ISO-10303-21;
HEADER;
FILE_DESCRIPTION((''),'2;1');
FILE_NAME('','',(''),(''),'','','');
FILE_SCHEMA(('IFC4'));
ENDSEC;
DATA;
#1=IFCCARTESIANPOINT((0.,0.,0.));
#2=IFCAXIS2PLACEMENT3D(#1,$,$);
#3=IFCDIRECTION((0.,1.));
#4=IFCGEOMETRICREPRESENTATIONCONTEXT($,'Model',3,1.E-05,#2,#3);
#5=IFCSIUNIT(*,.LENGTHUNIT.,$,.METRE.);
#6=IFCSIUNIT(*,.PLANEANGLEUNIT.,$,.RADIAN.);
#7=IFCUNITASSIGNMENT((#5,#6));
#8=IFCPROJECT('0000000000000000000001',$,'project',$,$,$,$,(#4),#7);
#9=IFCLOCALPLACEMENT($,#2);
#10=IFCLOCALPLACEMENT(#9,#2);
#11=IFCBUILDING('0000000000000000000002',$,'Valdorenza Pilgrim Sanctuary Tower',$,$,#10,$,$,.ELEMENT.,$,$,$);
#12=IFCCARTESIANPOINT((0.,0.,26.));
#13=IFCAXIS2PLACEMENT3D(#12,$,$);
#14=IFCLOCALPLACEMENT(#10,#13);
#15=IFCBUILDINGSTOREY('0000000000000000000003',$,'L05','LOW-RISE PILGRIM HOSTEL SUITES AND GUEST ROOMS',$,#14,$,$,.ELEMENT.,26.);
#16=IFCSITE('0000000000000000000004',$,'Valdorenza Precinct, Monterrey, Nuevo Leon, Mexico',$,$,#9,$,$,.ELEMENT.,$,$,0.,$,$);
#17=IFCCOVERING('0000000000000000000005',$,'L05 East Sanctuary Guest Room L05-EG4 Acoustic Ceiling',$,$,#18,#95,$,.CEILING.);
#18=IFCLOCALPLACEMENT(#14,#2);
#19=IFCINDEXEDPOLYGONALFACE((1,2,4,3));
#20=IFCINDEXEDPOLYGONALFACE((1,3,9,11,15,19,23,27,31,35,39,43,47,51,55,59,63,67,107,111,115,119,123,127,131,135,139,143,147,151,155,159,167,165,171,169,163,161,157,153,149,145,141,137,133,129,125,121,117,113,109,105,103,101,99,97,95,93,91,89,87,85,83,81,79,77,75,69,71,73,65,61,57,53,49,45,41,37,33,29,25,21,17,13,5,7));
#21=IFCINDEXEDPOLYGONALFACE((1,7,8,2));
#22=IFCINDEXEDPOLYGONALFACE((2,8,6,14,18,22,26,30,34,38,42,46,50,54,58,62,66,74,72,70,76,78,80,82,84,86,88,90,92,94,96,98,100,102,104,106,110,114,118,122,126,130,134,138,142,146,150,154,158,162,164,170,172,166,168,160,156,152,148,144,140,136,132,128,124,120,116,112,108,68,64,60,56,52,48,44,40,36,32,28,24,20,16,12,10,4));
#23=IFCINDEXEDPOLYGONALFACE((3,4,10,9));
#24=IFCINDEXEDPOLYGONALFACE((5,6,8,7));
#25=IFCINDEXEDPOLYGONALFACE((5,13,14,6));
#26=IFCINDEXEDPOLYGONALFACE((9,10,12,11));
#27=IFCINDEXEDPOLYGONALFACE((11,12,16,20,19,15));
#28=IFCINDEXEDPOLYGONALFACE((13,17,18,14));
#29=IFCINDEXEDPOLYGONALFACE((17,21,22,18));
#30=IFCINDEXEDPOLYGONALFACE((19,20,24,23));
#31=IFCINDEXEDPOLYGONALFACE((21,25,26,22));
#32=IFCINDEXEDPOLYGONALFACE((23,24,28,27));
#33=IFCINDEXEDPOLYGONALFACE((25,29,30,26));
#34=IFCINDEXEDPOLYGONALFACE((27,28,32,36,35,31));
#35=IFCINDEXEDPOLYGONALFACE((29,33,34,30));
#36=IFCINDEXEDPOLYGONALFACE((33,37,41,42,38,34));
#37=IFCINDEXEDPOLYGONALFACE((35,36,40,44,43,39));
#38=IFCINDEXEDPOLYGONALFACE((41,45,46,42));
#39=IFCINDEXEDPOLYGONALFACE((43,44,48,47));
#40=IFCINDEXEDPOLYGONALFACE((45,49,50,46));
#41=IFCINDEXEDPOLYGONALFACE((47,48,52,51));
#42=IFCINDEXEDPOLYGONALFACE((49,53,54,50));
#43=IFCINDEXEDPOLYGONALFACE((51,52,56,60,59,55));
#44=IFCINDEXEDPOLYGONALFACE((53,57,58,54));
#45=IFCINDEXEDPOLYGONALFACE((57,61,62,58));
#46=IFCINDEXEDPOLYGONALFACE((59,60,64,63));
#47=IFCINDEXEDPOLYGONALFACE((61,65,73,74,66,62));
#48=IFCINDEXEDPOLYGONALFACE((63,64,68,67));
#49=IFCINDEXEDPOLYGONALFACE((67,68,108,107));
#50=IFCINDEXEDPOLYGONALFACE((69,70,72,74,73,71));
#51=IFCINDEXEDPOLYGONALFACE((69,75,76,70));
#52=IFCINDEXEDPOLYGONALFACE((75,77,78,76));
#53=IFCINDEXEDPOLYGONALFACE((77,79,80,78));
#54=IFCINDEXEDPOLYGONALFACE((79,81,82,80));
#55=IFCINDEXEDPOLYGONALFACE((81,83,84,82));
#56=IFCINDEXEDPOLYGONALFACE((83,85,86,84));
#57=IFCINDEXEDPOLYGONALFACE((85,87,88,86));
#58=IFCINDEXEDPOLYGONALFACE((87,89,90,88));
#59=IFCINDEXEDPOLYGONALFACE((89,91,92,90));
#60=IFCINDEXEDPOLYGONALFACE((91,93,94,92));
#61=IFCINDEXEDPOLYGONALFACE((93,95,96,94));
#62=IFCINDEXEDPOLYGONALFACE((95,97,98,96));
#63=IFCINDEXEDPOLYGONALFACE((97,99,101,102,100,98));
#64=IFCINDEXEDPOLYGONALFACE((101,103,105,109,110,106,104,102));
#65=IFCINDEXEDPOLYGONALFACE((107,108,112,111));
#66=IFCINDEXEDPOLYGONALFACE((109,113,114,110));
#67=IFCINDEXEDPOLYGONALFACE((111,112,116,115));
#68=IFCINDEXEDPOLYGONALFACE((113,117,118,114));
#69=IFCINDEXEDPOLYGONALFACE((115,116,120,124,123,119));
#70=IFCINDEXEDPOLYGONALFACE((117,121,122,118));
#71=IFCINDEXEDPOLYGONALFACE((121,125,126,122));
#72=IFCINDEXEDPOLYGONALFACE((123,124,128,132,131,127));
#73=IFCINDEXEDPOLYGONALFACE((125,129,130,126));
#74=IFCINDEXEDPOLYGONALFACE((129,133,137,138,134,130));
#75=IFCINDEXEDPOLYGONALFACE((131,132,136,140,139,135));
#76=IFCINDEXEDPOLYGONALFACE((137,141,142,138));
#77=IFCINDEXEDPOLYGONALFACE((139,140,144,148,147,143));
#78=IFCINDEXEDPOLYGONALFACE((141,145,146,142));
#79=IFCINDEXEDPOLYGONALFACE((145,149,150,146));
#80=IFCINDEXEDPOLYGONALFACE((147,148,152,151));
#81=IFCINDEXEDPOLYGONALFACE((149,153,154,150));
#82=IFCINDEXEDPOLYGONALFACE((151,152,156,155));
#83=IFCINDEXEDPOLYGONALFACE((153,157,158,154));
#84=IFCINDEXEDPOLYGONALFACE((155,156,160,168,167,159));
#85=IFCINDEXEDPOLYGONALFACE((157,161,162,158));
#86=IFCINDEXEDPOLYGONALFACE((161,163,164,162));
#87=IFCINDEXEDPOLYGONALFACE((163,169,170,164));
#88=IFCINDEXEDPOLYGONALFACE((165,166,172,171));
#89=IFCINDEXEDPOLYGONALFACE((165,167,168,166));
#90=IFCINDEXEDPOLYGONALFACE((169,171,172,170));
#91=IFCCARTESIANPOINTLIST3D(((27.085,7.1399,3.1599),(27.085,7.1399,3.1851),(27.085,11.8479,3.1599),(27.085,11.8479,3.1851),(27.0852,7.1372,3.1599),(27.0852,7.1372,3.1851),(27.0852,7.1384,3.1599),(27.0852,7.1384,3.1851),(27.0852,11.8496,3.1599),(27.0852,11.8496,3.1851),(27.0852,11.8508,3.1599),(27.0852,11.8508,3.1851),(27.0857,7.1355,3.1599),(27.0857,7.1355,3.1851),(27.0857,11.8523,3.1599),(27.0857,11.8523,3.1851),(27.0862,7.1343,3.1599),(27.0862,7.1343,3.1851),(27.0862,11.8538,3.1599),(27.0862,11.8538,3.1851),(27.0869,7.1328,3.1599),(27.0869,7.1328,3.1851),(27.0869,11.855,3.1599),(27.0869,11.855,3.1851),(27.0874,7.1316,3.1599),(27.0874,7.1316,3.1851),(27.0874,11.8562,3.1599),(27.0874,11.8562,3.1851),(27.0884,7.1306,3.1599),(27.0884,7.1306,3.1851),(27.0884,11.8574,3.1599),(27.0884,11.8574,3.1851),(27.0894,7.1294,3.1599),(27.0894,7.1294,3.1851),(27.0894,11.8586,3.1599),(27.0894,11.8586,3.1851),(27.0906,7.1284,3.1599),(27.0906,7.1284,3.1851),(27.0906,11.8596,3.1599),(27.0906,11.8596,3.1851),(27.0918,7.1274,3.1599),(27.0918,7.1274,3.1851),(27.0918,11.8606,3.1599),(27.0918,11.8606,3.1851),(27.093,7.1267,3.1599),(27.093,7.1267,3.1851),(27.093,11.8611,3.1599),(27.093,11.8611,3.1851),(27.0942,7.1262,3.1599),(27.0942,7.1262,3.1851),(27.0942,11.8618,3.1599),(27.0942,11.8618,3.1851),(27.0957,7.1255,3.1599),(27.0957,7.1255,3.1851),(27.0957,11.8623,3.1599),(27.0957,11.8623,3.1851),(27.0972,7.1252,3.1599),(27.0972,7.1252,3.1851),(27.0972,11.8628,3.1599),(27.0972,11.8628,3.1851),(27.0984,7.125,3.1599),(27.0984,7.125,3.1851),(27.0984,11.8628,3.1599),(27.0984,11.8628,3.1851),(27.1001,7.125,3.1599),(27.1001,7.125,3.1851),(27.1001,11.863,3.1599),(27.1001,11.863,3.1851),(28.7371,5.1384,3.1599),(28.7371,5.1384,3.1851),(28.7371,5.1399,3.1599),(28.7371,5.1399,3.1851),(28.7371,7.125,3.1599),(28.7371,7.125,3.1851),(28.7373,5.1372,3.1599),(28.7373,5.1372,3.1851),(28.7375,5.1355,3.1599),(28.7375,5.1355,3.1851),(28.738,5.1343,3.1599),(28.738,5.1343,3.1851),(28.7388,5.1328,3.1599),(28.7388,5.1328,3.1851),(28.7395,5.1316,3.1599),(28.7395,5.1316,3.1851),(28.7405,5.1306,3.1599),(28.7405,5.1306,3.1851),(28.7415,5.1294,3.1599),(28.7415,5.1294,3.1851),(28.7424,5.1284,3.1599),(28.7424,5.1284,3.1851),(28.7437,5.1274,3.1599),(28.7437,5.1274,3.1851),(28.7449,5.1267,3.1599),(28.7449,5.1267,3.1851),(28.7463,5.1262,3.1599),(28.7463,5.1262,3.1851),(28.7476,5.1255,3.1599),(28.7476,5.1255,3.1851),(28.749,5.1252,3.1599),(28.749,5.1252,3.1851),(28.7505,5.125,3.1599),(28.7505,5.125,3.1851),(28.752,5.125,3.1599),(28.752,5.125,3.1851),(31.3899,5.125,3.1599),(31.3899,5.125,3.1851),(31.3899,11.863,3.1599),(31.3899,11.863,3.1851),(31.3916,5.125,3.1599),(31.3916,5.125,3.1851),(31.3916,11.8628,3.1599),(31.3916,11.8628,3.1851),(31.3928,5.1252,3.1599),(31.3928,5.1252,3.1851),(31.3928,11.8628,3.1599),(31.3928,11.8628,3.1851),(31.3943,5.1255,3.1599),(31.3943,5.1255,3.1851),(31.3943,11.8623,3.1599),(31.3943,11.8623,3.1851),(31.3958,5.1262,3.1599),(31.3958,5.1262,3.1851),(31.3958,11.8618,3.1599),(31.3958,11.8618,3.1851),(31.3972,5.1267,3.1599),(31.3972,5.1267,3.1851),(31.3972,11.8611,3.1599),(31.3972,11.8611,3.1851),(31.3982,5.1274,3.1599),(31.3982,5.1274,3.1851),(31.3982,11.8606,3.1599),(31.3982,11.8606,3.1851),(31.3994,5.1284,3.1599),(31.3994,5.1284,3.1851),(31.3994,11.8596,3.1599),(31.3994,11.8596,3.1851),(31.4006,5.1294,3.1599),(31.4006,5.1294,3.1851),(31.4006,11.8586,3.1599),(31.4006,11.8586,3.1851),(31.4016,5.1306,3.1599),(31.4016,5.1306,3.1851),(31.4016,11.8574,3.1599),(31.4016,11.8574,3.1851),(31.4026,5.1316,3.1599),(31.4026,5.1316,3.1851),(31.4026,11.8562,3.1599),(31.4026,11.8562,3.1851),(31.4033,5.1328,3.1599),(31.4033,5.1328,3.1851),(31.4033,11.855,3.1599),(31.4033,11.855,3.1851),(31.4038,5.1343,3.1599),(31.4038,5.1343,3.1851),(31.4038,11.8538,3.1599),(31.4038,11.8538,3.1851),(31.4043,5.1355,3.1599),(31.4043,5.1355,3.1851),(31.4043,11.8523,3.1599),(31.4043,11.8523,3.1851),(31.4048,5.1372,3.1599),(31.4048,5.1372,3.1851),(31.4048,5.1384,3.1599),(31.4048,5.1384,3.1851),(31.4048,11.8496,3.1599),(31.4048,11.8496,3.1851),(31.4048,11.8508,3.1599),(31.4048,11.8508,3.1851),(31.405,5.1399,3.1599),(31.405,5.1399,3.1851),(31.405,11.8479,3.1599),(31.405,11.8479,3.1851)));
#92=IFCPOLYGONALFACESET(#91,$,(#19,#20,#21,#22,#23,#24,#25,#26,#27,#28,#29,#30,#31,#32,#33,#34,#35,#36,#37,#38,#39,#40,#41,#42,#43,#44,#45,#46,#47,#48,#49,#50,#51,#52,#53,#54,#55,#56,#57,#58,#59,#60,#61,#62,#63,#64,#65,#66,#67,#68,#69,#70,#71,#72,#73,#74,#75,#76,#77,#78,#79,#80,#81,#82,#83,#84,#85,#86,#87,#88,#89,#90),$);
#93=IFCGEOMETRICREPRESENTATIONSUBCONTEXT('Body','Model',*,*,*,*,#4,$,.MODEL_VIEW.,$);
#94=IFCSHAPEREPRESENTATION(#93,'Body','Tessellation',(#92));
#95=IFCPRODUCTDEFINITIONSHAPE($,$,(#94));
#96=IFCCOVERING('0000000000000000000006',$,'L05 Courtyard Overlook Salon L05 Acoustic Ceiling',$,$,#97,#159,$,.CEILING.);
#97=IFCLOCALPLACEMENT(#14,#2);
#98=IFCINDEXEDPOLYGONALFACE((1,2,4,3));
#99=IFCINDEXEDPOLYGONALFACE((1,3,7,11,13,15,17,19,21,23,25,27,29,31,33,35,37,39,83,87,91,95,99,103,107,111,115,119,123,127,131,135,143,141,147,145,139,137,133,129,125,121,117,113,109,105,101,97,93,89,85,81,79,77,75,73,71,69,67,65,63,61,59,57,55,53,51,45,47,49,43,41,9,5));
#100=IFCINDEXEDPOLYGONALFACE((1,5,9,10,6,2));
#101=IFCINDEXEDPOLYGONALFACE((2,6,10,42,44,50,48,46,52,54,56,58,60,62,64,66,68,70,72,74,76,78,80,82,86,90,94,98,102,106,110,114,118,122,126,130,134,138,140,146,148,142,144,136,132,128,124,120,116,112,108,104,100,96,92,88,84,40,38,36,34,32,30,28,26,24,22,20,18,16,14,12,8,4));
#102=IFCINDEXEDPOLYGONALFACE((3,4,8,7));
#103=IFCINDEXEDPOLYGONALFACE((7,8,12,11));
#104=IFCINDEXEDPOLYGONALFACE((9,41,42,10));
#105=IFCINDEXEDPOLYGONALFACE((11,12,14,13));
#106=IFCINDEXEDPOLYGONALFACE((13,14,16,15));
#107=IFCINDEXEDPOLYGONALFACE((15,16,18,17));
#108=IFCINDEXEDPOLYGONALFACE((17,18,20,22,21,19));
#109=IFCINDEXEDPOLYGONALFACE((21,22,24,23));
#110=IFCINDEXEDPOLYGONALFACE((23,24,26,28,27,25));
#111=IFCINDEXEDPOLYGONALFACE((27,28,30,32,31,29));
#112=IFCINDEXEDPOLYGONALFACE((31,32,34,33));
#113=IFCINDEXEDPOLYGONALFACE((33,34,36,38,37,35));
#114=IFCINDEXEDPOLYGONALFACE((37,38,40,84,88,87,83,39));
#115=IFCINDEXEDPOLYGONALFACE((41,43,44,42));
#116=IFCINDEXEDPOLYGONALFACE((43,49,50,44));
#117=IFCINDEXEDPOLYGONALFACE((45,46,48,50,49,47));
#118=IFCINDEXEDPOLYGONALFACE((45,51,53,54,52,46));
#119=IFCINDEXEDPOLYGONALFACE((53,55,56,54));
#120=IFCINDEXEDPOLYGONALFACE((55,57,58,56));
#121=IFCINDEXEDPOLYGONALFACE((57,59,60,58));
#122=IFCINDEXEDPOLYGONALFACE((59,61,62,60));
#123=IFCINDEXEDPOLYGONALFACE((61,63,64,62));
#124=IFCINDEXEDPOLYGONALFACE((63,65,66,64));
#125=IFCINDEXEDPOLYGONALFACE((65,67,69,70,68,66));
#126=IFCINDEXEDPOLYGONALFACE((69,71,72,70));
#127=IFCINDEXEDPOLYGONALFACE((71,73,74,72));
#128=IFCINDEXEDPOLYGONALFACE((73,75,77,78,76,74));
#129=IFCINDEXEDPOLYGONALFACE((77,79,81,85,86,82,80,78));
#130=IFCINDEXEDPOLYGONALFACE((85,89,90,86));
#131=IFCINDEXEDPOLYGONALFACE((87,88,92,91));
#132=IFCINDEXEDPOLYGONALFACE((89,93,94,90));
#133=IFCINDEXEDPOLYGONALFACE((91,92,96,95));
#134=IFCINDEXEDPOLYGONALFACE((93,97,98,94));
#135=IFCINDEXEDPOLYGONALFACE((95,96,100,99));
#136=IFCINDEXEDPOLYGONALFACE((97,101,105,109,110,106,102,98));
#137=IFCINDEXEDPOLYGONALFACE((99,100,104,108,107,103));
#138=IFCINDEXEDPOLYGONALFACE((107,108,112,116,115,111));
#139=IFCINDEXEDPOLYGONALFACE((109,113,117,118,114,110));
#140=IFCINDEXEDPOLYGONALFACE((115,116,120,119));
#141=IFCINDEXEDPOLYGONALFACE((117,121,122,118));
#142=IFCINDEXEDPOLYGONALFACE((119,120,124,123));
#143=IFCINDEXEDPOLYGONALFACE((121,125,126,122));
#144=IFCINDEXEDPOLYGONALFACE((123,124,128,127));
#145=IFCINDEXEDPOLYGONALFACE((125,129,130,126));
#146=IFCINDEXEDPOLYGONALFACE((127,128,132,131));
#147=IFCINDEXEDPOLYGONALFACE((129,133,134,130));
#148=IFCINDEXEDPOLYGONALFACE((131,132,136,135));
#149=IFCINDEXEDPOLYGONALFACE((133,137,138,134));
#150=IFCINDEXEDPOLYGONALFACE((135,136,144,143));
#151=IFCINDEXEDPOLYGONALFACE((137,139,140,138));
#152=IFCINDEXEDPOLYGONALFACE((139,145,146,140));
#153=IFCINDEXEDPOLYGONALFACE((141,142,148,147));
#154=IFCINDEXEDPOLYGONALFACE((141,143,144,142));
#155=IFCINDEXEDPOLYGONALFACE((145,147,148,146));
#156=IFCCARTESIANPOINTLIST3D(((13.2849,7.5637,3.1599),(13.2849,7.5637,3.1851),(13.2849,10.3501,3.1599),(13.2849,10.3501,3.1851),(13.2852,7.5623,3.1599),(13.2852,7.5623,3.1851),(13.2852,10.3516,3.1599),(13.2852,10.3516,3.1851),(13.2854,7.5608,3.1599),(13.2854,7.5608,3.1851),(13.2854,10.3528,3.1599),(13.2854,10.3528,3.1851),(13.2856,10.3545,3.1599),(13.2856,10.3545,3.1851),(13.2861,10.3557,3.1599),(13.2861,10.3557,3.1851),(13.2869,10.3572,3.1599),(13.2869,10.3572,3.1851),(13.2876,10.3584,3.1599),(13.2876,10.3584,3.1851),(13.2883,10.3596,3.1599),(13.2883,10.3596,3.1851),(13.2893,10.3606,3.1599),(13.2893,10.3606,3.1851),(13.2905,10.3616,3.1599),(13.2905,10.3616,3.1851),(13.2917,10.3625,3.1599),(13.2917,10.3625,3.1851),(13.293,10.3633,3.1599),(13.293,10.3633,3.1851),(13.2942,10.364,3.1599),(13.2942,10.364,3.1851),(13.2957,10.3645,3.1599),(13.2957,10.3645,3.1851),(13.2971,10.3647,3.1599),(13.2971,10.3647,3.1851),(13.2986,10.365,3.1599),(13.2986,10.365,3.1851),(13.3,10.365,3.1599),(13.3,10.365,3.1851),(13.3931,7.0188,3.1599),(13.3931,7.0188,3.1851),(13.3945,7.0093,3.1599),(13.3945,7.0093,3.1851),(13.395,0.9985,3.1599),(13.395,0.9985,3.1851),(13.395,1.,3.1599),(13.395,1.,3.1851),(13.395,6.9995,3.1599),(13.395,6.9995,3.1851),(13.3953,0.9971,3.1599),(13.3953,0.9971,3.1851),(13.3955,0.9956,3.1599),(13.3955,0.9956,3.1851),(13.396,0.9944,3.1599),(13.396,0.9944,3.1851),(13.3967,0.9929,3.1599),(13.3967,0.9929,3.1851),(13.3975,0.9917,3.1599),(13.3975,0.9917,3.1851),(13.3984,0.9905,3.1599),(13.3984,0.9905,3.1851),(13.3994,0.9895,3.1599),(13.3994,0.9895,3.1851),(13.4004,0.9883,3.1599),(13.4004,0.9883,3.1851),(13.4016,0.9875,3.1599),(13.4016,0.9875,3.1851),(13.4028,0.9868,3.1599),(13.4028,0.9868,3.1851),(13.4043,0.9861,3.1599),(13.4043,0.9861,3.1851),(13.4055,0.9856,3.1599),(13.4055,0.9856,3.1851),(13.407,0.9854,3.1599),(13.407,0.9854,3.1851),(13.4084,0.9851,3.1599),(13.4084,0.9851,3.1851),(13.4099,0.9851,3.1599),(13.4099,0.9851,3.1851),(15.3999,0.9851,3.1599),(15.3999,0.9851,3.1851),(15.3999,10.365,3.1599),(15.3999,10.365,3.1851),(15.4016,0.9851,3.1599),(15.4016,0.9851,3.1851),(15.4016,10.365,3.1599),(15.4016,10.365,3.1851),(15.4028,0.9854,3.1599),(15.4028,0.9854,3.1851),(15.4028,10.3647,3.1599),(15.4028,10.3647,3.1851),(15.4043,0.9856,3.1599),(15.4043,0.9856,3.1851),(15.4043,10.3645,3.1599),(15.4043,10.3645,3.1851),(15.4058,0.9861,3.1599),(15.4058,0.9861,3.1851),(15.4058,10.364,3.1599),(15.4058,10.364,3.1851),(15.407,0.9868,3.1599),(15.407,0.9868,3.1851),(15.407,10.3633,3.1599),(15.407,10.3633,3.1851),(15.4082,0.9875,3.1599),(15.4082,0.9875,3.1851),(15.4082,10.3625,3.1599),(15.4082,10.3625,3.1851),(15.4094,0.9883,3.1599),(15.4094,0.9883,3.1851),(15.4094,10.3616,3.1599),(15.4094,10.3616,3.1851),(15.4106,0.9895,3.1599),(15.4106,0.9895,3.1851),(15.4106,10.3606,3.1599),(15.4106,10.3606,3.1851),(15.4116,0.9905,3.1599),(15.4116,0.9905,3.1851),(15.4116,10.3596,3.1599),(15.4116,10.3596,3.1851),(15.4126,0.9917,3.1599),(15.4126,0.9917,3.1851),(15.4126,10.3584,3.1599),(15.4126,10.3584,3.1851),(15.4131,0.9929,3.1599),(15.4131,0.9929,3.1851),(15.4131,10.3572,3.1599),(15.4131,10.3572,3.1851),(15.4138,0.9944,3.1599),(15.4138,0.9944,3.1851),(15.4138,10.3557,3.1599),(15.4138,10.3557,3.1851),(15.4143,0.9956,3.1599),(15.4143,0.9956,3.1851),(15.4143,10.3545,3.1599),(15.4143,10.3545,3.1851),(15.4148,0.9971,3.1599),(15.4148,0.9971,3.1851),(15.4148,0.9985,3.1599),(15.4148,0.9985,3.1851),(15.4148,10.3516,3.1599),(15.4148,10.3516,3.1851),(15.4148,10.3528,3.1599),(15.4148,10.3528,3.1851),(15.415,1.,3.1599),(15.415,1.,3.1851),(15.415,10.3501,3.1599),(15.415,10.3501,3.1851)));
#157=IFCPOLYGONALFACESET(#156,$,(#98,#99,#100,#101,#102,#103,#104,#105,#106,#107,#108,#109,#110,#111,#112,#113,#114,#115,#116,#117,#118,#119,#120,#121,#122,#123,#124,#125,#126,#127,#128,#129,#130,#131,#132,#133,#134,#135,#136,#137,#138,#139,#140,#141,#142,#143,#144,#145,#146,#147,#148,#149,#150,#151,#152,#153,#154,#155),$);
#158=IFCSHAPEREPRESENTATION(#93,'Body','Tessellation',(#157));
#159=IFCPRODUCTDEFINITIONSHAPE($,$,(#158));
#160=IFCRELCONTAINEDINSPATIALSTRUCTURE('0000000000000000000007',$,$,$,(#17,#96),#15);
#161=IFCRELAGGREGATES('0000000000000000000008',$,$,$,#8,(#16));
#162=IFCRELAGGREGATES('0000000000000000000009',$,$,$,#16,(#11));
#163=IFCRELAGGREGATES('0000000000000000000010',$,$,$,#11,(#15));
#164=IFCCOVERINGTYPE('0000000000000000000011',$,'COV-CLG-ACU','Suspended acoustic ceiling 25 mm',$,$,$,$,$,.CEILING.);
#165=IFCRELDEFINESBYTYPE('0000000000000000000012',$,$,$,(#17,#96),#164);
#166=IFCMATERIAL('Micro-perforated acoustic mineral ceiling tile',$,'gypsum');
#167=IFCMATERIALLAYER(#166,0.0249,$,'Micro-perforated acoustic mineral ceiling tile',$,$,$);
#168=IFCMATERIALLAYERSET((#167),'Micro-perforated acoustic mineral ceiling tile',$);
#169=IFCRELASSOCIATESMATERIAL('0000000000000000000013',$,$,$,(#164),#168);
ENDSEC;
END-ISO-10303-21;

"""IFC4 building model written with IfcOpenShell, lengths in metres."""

from ifc_helpers import new_model, si_unit, direction, frame, origin, place, context, subcontext, project, spatial, polyline, outline, extrude, material, layer, layer_set, type_object, element, save


model = new_model("IFC4")

# Units and contexts
model_context = context("Model", 3, precision=1e-05, world=origin(), true_north=direction((0.0, 1.0)))
body_context = subcontext(model_context, "Body", "Model", "MODEL_VIEW")
ifc_project = project(units=[si_unit("LENGTHUNIT", "METRE"), si_unit("PLANEANGLEUNIT", "RADIAN")], contexts=[model_context])

# Site, building, storey
site_placement = place(None, origin())
site = spatial("IfcSite", under=ifc_project, at=site_placement, Name="Valdorenza Precinct, Monterrey, Nuevo Leon, Mexico", CompositionType="ELEMENT", RefElevation=0.0)
building_placement = place(site_placement, origin())
building = spatial("IfcBuilding", under=site, at=building_placement, Name="Valdorenza Pilgrim Sanctuary Tower", CompositionType="ELEMENT")
storey_placement = place(building_placement, frame((0.0, 0.0, 26.0)))
storey = spatial("IfcBuildingStorey", under=building, at=storey_placement, Name="L05", Description="LOW-RISE PILGRIM HOSTEL SUITES AND GUEST ROOMS", CompositionType="ELEMENT", Elevation=26.0)

# Coverings
ifc_material_1 = material(Name="Micro-perforated acoustic mineral ceiling tile", Category="gypsum")
ifc_layer_1 = layer(ifc_material_1, 0.0249, Name="Micro-perforated acoustic mineral ceiling tile")
ifc_layer_set_1 = layer_set([ifc_layer_1], Name="Micro-perforated acoustic mineral ceiling tile")
covering_type_1 = type_object("IfcCoveringType", Name="COV-CLG-ACU", Description="Suspended acoustic ceiling 25 mm", PredefinedType="CEILING", material=ifc_layer_set_1)
covering_1_placement = place(storey_placement, frame((0.0, 0.0, 3.1599)))
element("IfcCovering", 1, at=covering_1_placement, inside=storey, type_object=covering_type_1, Name="L05 East Sanctuary Guest Room L05-EG4 Acoustic Ceiling", PredefinedType="CEILING", context=body_context, shape_type="SweptSolid", body=[
    extrude(outline(polyline([(28.7371, 7.125), (27.1001, 7.125), (27.0984, 7.125), (27.0972, 7.1252), (27.0957, 7.1255), (27.0942, 7.1262), (27.093, 7.1267), (27.0918, 7.1274), (27.0906, 7.1284), (27.0894, 7.1294), (27.0884, 7.1306), (27.0874, 7.1316), (27.0869, 7.1328), (27.0862, 7.1343), (27.0857, 7.1355), (27.0852, 7.1372), (27.0852, 7.1384), (27.085, 7.1399), (27.085, 11.8479), (27.0852, 11.8496), (27.0852, 11.8508), (27.0857, 11.8523), (27.0862, 11.8538), (27.0869, 11.855), (27.0874, 11.8562), (27.0884, 11.8574), (27.0894, 11.8586), (27.0906, 11.8596), (27.0918, 11.8606), (27.093, 11.8611), (27.0942, 11.8618), (27.0957, 11.8623), (27.0972, 11.8628), (27.0984, 11.8628), (27.1001, 11.863), (31.3899, 11.863), (31.3916, 11.8628), (31.3928, 11.8628), (31.3943, 11.8623), (31.3958, 11.8618), (31.3972, 11.8611), (31.3982, 11.8606), (31.3994, 11.8596), (31.4006, 11.8586), (31.4016, 11.8574), (31.4026, 11.8562), (31.4033, 11.855), (31.4038, 11.8538), (31.4043, 11.8523), (31.4048, 11.8508), (31.4048, 11.8496), (31.405, 11.8479), (31.405, 5.1399), (31.4048, 5.1384), (31.4048, 5.1372), (31.4043, 5.1355), (31.4038, 5.1343), (31.4033, 5.1328), (31.4026, 5.1316), (31.4016, 5.1306), (31.4006, 5.1294), (31.3994, 5.1284), (31.3982, 5.1274), (31.3972, 5.1267), (31.3958, 5.1262), (31.3943, 5.1255), (31.3928, 5.1252), (31.3916, 5.125), (31.3899, 5.125), (28.752, 5.125), (28.7505, 5.125), (28.749, 5.1252), (28.7476, 5.1255), (28.7463, 5.1262), (28.7449, 5.1267), (28.7437, 5.1274), (28.7424, 5.1284), (28.7415, 5.1294), (28.7405, 5.1306), (28.7395, 5.1316), (28.7388, 5.1328), (28.738, 5.1343), (28.7375, 5.1355), (28.7373, 5.1372), (28.7371, 5.1384), (28.7371, 5.1399), (28.7371, 7.125)])), origin(), (0.0, 0.0, 1.0), 0.0251),
])
covering_2_placement = place(storey_placement, frame((0.0, 0.0, 3.1599)))
element("IfcCovering", 2, at=covering_2_placement, inside=storey, type_object=covering_type_1, Name="L05 Courtyard Overlook Salon L05 Acoustic Ceiling", PredefinedType="CEILING", context=body_context, shape_type="SweptSolid", body=[
    extrude(outline(polyline([(15.3999, 10.365), (15.4016, 10.365), (15.4028, 10.3647), (15.4043, 10.3645), (15.4058, 10.364), (15.407, 10.3633), (15.4082, 10.3625), (15.4094, 10.3616), (15.4106, 10.3606), (15.4116, 10.3596), (15.4126, 10.3584), (15.4131, 10.3572), (15.4138, 10.3557), (15.4143, 10.3545), (15.4148, 10.3528), (15.4148, 10.3516), (15.415, 10.3501), (15.415, 1.0), (15.4148, 0.9985), (15.4148, 0.9971), (15.4143, 0.9956), (15.4138, 0.9944), (15.4131, 0.9929), (15.4126, 0.9917), (15.4116, 0.9905), (15.4106, 0.9895), (15.4094, 0.9883), (15.4082, 0.9875), (15.407, 0.9868), (15.4058, 0.9861), (15.4043, 0.9856), (15.4028, 0.9854), (15.4016, 0.9851), (15.3999, 0.9851), (13.4099, 0.9851), (13.4084, 0.9851), (13.407, 0.9854), (13.4055, 0.9856), (13.4043, 0.9861), (13.4028, 0.9868), (13.4016, 0.9875), (13.4004, 0.9883), (13.3994, 0.9895), (13.3984, 0.9905), (13.3975, 0.9917), (13.3967, 0.9929), (13.396, 0.9944), (13.3955, 0.9956), (13.3953, 0.9971), (13.395, 0.9985), (13.395, 1.0), (13.395, 6.9995), (13.3945, 7.0093), (13.3931, 7.0188), (13.2854, 7.5608), (13.2852, 7.5623), (13.2849, 7.5637), (13.2849, 10.3501), (13.2852, 10.3516), (13.2854, 10.3528), (13.2856, 10.3545), (13.2861, 10.3557), (13.2869, 10.3572), (13.2876, 10.3584), (13.2883, 10.3596), (13.2893, 10.3606), (13.2905, 10.3616), (13.2917, 10.3625), (13.293, 10.3633), (13.2942, 10.364), (13.2957, 10.3645), (13.2971, 10.3647), (13.2986, 10.365), (13.3, 10.365), (15.3999, 10.365)])), origin(), (0.0, 0.0, 1.0), 0.0251),
])

save(model, "model.ifc")
